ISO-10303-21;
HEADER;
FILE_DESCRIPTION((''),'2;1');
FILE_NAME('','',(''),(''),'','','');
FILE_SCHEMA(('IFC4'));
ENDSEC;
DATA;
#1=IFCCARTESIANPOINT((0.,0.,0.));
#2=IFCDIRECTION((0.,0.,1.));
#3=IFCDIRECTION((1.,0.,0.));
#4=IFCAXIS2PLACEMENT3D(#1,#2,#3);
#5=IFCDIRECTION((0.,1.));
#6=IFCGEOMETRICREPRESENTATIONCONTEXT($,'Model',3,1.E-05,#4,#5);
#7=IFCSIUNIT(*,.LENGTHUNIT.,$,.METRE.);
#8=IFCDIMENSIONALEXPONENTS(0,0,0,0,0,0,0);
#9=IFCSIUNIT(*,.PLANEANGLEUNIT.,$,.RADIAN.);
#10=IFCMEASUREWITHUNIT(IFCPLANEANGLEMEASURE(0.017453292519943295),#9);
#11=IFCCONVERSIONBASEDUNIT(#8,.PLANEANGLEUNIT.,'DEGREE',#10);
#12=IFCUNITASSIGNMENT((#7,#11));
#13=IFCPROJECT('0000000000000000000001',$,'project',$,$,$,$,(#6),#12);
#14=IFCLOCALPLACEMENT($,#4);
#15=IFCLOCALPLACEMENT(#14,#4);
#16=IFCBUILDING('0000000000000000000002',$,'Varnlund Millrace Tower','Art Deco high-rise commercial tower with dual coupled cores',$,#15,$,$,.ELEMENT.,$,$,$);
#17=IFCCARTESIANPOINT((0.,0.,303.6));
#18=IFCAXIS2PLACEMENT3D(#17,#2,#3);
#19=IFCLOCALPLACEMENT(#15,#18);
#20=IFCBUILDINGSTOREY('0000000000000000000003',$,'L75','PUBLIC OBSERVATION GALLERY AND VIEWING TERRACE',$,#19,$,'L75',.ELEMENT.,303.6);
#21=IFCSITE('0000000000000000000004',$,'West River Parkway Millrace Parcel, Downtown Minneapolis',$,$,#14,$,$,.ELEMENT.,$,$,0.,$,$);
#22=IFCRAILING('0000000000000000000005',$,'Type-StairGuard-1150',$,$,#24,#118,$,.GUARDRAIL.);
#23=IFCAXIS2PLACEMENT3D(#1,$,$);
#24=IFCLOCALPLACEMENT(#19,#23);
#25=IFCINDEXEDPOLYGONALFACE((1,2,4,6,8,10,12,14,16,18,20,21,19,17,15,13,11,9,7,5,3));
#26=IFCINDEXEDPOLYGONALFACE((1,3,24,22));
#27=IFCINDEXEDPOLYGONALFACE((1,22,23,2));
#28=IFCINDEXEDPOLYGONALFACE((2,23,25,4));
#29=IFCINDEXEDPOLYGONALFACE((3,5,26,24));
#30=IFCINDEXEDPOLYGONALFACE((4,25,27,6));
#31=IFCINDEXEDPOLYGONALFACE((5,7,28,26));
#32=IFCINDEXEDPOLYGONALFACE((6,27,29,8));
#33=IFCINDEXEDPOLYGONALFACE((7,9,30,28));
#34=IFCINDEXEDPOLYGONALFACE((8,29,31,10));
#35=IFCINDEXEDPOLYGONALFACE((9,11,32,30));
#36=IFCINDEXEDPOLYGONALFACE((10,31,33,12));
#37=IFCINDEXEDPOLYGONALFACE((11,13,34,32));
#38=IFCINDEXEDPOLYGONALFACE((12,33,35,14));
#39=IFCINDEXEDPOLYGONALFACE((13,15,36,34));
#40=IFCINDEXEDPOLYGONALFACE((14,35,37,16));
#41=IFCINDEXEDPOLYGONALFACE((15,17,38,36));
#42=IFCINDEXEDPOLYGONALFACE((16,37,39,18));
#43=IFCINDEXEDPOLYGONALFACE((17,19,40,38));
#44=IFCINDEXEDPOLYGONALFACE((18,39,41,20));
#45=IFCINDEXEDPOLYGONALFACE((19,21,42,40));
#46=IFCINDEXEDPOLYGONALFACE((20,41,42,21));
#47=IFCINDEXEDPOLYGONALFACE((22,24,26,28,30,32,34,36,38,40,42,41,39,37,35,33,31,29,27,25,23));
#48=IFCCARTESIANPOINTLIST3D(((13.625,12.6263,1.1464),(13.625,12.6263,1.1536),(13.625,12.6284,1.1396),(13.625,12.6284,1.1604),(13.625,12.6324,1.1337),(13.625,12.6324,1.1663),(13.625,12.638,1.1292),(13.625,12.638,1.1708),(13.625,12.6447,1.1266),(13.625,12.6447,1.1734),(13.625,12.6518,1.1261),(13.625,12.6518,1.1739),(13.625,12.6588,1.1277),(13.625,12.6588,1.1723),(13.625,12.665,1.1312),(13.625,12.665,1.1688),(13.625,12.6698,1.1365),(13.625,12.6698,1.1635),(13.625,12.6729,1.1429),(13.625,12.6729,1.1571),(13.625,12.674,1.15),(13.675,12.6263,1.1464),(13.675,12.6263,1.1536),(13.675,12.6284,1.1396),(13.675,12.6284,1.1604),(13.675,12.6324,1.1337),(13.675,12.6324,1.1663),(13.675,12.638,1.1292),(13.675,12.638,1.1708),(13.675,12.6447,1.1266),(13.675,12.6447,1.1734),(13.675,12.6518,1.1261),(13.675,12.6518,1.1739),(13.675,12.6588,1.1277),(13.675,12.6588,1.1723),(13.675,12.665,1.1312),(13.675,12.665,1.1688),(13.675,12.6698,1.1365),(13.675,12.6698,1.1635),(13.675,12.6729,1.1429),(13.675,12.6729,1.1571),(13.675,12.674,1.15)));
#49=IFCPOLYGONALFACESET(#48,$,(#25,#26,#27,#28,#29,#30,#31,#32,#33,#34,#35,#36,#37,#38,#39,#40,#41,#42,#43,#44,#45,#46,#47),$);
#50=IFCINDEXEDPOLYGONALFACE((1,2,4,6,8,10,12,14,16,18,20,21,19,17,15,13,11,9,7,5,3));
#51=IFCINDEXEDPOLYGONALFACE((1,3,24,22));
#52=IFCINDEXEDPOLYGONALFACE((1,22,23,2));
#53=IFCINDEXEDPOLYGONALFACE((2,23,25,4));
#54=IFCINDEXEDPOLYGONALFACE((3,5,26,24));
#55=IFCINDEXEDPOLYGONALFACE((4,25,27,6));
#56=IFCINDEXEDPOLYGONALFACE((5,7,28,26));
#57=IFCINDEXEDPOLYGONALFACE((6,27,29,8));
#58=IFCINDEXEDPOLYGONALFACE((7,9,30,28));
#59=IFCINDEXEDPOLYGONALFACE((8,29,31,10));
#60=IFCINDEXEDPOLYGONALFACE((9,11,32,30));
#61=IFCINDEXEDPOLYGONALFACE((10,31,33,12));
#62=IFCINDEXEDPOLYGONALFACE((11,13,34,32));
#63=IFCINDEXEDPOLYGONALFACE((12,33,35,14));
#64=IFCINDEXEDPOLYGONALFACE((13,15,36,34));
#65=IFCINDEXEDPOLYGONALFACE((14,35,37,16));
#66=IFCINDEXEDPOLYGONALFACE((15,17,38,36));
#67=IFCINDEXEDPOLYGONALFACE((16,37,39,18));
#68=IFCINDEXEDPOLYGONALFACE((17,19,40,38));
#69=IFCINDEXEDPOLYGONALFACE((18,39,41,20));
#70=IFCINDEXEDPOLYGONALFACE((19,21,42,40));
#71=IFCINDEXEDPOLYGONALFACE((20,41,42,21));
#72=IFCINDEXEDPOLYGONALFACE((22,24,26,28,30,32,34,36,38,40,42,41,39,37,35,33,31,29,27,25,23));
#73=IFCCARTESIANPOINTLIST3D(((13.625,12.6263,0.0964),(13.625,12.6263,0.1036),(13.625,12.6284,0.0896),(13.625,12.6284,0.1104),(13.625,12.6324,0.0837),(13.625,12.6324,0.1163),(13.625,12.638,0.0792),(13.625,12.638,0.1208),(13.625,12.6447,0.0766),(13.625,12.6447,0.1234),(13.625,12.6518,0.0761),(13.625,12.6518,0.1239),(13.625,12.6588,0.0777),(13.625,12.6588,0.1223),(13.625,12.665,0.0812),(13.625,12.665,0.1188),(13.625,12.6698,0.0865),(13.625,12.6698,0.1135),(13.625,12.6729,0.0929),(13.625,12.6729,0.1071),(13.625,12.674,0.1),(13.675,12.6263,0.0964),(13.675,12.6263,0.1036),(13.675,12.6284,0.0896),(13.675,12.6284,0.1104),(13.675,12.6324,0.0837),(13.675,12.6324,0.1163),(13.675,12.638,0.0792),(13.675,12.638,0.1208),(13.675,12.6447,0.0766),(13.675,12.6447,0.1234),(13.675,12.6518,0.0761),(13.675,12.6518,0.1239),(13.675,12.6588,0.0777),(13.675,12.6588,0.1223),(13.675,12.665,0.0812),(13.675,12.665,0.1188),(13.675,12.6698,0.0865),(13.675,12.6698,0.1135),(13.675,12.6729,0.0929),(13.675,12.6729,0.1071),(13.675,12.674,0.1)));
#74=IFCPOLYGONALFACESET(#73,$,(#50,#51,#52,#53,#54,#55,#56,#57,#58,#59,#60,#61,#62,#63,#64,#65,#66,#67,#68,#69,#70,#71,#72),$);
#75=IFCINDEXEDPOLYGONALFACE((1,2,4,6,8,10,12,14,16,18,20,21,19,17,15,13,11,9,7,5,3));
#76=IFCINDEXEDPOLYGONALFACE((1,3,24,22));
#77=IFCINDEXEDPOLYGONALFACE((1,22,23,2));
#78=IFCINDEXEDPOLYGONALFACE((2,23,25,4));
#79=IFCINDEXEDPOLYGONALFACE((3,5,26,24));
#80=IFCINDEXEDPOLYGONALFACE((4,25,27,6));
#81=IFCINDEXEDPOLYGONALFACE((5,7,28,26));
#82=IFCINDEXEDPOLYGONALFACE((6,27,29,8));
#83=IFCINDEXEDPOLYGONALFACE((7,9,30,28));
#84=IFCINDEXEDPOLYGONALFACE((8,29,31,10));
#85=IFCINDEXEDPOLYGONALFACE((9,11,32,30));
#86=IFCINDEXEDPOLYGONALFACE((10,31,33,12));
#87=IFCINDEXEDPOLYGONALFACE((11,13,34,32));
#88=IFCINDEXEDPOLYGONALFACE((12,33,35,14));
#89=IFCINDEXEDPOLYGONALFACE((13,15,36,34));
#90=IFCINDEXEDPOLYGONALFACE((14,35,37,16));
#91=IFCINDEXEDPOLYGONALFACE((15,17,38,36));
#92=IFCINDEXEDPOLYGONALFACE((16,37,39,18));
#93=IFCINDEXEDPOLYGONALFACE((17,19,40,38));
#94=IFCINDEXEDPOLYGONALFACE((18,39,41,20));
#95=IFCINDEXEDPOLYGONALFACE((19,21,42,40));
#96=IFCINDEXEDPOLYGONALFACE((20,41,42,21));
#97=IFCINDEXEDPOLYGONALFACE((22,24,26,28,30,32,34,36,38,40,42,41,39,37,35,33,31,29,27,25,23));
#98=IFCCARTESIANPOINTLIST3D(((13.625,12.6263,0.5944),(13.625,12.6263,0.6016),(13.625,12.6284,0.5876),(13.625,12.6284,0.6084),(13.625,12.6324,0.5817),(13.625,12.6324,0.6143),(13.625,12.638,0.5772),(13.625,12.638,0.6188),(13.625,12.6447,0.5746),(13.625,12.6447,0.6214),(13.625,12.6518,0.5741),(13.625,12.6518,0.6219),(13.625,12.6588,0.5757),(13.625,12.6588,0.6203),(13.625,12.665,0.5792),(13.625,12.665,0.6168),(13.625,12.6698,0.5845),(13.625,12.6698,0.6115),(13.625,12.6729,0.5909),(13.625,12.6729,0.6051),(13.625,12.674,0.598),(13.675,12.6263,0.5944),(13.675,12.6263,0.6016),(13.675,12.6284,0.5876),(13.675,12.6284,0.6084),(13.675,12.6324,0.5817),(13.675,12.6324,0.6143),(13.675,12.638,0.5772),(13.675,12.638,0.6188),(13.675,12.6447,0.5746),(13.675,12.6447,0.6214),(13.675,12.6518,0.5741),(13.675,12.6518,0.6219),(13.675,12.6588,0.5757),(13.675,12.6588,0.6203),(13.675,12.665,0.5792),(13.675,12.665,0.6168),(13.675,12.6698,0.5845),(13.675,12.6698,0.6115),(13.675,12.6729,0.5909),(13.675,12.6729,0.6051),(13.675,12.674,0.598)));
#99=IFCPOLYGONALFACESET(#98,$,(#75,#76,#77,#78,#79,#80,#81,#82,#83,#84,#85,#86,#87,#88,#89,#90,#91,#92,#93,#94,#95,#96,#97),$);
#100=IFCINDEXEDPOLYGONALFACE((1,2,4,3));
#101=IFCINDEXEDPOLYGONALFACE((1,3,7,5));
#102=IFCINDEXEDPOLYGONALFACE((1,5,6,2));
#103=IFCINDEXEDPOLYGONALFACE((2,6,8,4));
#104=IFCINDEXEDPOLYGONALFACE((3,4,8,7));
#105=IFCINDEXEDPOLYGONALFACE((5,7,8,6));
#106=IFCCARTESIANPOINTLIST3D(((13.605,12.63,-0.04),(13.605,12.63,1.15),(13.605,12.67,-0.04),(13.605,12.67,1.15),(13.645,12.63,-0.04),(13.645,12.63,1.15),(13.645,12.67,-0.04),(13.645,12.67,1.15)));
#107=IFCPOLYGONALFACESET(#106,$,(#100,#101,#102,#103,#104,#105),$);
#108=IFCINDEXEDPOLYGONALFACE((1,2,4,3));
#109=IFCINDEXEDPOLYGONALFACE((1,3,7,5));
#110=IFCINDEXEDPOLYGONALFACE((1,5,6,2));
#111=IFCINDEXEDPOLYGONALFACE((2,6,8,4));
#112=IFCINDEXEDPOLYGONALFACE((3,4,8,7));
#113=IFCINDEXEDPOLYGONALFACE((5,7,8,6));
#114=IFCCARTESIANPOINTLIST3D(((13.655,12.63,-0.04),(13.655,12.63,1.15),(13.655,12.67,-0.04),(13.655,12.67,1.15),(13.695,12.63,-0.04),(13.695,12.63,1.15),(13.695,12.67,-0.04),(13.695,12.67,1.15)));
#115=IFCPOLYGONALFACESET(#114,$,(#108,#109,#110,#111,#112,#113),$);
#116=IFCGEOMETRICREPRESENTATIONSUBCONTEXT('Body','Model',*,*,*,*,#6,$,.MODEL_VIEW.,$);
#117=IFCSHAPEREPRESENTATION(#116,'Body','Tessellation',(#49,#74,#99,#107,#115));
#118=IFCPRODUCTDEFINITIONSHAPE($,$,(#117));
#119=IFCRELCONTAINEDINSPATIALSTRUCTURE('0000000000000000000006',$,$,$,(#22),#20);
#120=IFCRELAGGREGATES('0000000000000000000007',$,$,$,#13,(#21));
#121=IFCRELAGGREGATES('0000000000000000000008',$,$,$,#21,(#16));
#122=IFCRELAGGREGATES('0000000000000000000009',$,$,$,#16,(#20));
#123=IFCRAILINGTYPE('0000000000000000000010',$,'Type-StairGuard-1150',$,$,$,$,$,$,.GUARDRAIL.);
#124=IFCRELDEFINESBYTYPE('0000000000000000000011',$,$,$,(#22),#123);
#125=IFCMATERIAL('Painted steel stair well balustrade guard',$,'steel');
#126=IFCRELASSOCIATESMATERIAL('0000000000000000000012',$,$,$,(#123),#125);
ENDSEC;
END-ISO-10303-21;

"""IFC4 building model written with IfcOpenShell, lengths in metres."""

from ifc_helpers import new_model, entity, si_unit, converted_unit, direction, frame, origin_with_axes, origin_2d_with_axis, place, context, subcontext, project, spatial, rectangle, circle, extrude, material, type_object, element, save


model = new_model("IFC4")

# Units and contexts
model_context = context("Model", 3, precision=1e-05, world=origin_with_axes(), true_north=direction((0.0, 1.0)))
body_context = subcontext(model_context, "Body", "Model", "MODEL_VIEW")
ifc_project = project(units=[si_unit("LENGTHUNIT", "METRE"), converted_unit("PLANEANGLEUNIT", "DEGREE", entity("IfcPlaneAngleMeasure", 0.017453292519943295), si_unit("PLANEANGLEUNIT", "RADIAN"), dimensions=[0, 0, 0, 0, 0, 0, 0])], contexts=[model_context])

# Site, building, storey
site_placement = place(None, origin_with_axes())
site = spatial("IfcSite", under=ifc_project, at=site_placement, Name="West River Parkway Millrace Parcel, Downtown Minneapolis", CompositionType="ELEMENT", RefElevation=0.0)
building_placement = place(site_placement, origin_with_axes())
building = spatial("IfcBuilding", under=site, at=building_placement, Name="Varnlund Millrace Tower", Description="Art Deco high-rise commercial tower with dual coupled cores", CompositionType="ELEMENT")
storey_placement = place(building_placement, frame((0.0, 0.0, 303.6), z_axis=(0.0, 0.0, 1.0), x_axis=(1.0, 0.0, 0.0)))
storey = spatial("IfcBuildingStorey", under=building, at=storey_placement, Name="L75", Description="PUBLIC OBSERVATION GALLERY AND VIEWING TERRACE", LongName="L75", CompositionType="ELEMENT", Elevation=303.6)

# Railing
ifc_material_1 = material(Name="Painted steel stair well balustrade guard", Category="steel")
railing_type_1 = type_object("IfcRailingType", Name="Type-StairGuard-1150", PredefinedType="GUARDRAIL", material=ifc_material_1)
railing_1_placement = place(storey_placement, frame((0.0, 0.0, -303.6), z_axis=(0.0, 0.0, 1.0), x_axis=(1.0, 0.0, 0.0)))
element("IfcRailing", 1, at=railing_1_placement, inside=storey, type_object=railing_type_1, Name="Type-StairGuard-1150", PredefinedType="GUARDRAIL", context=body_context, shape_type="SweptSolid", body=[
    extrude(circle(Radius=0.024, at=origin_2d_with_axis()), frame((13.625, 12.65, 304.75), z_axis=(1.0, 0.0, 0.0), x_axis=(0.0, 1.0, 0.0)), (0.0, 0.0, 1.0), 0.05),
    extrude(circle(Radius=0.024, at=origin_2d_with_axis()), frame((13.625, 12.65, 303.7), z_axis=(1.0, 0.0, 0.0), x_axis=(0.0, 1.0, 0.0)), (0.0, 0.0, 1.0), 0.05),
    extrude(circle(Radius=0.024, at=origin_2d_with_axis()), frame((13.625, 12.65, 304.198), z_axis=(1.0, 0.0, 0.0), x_axis=(0.0, 1.0, 0.0)), (0.0, 0.0, 1.0), 0.05),
    extrude(rectangle(XDim=0.04, YDim=0.04, at=origin_2d_with_axis()), frame((13.625, 12.65, 303.56), z_axis=(0.0, 0.0, 1.0), x_axis=(1.0, 0.0, 0.0)), (0.0, 0.0, 1.0), 1.19),
    extrude(rectangle(XDim=0.04, YDim=0.04, at=origin_2d_with_axis()), frame((13.675, 12.65, 303.56), z_axis=(0.0, 0.0, 1.0), x_axis=(1.0, 0.0, 0.0)), (0.0, 0.0, 1.0), 1.19),
])

save(model, "model.ifc")
